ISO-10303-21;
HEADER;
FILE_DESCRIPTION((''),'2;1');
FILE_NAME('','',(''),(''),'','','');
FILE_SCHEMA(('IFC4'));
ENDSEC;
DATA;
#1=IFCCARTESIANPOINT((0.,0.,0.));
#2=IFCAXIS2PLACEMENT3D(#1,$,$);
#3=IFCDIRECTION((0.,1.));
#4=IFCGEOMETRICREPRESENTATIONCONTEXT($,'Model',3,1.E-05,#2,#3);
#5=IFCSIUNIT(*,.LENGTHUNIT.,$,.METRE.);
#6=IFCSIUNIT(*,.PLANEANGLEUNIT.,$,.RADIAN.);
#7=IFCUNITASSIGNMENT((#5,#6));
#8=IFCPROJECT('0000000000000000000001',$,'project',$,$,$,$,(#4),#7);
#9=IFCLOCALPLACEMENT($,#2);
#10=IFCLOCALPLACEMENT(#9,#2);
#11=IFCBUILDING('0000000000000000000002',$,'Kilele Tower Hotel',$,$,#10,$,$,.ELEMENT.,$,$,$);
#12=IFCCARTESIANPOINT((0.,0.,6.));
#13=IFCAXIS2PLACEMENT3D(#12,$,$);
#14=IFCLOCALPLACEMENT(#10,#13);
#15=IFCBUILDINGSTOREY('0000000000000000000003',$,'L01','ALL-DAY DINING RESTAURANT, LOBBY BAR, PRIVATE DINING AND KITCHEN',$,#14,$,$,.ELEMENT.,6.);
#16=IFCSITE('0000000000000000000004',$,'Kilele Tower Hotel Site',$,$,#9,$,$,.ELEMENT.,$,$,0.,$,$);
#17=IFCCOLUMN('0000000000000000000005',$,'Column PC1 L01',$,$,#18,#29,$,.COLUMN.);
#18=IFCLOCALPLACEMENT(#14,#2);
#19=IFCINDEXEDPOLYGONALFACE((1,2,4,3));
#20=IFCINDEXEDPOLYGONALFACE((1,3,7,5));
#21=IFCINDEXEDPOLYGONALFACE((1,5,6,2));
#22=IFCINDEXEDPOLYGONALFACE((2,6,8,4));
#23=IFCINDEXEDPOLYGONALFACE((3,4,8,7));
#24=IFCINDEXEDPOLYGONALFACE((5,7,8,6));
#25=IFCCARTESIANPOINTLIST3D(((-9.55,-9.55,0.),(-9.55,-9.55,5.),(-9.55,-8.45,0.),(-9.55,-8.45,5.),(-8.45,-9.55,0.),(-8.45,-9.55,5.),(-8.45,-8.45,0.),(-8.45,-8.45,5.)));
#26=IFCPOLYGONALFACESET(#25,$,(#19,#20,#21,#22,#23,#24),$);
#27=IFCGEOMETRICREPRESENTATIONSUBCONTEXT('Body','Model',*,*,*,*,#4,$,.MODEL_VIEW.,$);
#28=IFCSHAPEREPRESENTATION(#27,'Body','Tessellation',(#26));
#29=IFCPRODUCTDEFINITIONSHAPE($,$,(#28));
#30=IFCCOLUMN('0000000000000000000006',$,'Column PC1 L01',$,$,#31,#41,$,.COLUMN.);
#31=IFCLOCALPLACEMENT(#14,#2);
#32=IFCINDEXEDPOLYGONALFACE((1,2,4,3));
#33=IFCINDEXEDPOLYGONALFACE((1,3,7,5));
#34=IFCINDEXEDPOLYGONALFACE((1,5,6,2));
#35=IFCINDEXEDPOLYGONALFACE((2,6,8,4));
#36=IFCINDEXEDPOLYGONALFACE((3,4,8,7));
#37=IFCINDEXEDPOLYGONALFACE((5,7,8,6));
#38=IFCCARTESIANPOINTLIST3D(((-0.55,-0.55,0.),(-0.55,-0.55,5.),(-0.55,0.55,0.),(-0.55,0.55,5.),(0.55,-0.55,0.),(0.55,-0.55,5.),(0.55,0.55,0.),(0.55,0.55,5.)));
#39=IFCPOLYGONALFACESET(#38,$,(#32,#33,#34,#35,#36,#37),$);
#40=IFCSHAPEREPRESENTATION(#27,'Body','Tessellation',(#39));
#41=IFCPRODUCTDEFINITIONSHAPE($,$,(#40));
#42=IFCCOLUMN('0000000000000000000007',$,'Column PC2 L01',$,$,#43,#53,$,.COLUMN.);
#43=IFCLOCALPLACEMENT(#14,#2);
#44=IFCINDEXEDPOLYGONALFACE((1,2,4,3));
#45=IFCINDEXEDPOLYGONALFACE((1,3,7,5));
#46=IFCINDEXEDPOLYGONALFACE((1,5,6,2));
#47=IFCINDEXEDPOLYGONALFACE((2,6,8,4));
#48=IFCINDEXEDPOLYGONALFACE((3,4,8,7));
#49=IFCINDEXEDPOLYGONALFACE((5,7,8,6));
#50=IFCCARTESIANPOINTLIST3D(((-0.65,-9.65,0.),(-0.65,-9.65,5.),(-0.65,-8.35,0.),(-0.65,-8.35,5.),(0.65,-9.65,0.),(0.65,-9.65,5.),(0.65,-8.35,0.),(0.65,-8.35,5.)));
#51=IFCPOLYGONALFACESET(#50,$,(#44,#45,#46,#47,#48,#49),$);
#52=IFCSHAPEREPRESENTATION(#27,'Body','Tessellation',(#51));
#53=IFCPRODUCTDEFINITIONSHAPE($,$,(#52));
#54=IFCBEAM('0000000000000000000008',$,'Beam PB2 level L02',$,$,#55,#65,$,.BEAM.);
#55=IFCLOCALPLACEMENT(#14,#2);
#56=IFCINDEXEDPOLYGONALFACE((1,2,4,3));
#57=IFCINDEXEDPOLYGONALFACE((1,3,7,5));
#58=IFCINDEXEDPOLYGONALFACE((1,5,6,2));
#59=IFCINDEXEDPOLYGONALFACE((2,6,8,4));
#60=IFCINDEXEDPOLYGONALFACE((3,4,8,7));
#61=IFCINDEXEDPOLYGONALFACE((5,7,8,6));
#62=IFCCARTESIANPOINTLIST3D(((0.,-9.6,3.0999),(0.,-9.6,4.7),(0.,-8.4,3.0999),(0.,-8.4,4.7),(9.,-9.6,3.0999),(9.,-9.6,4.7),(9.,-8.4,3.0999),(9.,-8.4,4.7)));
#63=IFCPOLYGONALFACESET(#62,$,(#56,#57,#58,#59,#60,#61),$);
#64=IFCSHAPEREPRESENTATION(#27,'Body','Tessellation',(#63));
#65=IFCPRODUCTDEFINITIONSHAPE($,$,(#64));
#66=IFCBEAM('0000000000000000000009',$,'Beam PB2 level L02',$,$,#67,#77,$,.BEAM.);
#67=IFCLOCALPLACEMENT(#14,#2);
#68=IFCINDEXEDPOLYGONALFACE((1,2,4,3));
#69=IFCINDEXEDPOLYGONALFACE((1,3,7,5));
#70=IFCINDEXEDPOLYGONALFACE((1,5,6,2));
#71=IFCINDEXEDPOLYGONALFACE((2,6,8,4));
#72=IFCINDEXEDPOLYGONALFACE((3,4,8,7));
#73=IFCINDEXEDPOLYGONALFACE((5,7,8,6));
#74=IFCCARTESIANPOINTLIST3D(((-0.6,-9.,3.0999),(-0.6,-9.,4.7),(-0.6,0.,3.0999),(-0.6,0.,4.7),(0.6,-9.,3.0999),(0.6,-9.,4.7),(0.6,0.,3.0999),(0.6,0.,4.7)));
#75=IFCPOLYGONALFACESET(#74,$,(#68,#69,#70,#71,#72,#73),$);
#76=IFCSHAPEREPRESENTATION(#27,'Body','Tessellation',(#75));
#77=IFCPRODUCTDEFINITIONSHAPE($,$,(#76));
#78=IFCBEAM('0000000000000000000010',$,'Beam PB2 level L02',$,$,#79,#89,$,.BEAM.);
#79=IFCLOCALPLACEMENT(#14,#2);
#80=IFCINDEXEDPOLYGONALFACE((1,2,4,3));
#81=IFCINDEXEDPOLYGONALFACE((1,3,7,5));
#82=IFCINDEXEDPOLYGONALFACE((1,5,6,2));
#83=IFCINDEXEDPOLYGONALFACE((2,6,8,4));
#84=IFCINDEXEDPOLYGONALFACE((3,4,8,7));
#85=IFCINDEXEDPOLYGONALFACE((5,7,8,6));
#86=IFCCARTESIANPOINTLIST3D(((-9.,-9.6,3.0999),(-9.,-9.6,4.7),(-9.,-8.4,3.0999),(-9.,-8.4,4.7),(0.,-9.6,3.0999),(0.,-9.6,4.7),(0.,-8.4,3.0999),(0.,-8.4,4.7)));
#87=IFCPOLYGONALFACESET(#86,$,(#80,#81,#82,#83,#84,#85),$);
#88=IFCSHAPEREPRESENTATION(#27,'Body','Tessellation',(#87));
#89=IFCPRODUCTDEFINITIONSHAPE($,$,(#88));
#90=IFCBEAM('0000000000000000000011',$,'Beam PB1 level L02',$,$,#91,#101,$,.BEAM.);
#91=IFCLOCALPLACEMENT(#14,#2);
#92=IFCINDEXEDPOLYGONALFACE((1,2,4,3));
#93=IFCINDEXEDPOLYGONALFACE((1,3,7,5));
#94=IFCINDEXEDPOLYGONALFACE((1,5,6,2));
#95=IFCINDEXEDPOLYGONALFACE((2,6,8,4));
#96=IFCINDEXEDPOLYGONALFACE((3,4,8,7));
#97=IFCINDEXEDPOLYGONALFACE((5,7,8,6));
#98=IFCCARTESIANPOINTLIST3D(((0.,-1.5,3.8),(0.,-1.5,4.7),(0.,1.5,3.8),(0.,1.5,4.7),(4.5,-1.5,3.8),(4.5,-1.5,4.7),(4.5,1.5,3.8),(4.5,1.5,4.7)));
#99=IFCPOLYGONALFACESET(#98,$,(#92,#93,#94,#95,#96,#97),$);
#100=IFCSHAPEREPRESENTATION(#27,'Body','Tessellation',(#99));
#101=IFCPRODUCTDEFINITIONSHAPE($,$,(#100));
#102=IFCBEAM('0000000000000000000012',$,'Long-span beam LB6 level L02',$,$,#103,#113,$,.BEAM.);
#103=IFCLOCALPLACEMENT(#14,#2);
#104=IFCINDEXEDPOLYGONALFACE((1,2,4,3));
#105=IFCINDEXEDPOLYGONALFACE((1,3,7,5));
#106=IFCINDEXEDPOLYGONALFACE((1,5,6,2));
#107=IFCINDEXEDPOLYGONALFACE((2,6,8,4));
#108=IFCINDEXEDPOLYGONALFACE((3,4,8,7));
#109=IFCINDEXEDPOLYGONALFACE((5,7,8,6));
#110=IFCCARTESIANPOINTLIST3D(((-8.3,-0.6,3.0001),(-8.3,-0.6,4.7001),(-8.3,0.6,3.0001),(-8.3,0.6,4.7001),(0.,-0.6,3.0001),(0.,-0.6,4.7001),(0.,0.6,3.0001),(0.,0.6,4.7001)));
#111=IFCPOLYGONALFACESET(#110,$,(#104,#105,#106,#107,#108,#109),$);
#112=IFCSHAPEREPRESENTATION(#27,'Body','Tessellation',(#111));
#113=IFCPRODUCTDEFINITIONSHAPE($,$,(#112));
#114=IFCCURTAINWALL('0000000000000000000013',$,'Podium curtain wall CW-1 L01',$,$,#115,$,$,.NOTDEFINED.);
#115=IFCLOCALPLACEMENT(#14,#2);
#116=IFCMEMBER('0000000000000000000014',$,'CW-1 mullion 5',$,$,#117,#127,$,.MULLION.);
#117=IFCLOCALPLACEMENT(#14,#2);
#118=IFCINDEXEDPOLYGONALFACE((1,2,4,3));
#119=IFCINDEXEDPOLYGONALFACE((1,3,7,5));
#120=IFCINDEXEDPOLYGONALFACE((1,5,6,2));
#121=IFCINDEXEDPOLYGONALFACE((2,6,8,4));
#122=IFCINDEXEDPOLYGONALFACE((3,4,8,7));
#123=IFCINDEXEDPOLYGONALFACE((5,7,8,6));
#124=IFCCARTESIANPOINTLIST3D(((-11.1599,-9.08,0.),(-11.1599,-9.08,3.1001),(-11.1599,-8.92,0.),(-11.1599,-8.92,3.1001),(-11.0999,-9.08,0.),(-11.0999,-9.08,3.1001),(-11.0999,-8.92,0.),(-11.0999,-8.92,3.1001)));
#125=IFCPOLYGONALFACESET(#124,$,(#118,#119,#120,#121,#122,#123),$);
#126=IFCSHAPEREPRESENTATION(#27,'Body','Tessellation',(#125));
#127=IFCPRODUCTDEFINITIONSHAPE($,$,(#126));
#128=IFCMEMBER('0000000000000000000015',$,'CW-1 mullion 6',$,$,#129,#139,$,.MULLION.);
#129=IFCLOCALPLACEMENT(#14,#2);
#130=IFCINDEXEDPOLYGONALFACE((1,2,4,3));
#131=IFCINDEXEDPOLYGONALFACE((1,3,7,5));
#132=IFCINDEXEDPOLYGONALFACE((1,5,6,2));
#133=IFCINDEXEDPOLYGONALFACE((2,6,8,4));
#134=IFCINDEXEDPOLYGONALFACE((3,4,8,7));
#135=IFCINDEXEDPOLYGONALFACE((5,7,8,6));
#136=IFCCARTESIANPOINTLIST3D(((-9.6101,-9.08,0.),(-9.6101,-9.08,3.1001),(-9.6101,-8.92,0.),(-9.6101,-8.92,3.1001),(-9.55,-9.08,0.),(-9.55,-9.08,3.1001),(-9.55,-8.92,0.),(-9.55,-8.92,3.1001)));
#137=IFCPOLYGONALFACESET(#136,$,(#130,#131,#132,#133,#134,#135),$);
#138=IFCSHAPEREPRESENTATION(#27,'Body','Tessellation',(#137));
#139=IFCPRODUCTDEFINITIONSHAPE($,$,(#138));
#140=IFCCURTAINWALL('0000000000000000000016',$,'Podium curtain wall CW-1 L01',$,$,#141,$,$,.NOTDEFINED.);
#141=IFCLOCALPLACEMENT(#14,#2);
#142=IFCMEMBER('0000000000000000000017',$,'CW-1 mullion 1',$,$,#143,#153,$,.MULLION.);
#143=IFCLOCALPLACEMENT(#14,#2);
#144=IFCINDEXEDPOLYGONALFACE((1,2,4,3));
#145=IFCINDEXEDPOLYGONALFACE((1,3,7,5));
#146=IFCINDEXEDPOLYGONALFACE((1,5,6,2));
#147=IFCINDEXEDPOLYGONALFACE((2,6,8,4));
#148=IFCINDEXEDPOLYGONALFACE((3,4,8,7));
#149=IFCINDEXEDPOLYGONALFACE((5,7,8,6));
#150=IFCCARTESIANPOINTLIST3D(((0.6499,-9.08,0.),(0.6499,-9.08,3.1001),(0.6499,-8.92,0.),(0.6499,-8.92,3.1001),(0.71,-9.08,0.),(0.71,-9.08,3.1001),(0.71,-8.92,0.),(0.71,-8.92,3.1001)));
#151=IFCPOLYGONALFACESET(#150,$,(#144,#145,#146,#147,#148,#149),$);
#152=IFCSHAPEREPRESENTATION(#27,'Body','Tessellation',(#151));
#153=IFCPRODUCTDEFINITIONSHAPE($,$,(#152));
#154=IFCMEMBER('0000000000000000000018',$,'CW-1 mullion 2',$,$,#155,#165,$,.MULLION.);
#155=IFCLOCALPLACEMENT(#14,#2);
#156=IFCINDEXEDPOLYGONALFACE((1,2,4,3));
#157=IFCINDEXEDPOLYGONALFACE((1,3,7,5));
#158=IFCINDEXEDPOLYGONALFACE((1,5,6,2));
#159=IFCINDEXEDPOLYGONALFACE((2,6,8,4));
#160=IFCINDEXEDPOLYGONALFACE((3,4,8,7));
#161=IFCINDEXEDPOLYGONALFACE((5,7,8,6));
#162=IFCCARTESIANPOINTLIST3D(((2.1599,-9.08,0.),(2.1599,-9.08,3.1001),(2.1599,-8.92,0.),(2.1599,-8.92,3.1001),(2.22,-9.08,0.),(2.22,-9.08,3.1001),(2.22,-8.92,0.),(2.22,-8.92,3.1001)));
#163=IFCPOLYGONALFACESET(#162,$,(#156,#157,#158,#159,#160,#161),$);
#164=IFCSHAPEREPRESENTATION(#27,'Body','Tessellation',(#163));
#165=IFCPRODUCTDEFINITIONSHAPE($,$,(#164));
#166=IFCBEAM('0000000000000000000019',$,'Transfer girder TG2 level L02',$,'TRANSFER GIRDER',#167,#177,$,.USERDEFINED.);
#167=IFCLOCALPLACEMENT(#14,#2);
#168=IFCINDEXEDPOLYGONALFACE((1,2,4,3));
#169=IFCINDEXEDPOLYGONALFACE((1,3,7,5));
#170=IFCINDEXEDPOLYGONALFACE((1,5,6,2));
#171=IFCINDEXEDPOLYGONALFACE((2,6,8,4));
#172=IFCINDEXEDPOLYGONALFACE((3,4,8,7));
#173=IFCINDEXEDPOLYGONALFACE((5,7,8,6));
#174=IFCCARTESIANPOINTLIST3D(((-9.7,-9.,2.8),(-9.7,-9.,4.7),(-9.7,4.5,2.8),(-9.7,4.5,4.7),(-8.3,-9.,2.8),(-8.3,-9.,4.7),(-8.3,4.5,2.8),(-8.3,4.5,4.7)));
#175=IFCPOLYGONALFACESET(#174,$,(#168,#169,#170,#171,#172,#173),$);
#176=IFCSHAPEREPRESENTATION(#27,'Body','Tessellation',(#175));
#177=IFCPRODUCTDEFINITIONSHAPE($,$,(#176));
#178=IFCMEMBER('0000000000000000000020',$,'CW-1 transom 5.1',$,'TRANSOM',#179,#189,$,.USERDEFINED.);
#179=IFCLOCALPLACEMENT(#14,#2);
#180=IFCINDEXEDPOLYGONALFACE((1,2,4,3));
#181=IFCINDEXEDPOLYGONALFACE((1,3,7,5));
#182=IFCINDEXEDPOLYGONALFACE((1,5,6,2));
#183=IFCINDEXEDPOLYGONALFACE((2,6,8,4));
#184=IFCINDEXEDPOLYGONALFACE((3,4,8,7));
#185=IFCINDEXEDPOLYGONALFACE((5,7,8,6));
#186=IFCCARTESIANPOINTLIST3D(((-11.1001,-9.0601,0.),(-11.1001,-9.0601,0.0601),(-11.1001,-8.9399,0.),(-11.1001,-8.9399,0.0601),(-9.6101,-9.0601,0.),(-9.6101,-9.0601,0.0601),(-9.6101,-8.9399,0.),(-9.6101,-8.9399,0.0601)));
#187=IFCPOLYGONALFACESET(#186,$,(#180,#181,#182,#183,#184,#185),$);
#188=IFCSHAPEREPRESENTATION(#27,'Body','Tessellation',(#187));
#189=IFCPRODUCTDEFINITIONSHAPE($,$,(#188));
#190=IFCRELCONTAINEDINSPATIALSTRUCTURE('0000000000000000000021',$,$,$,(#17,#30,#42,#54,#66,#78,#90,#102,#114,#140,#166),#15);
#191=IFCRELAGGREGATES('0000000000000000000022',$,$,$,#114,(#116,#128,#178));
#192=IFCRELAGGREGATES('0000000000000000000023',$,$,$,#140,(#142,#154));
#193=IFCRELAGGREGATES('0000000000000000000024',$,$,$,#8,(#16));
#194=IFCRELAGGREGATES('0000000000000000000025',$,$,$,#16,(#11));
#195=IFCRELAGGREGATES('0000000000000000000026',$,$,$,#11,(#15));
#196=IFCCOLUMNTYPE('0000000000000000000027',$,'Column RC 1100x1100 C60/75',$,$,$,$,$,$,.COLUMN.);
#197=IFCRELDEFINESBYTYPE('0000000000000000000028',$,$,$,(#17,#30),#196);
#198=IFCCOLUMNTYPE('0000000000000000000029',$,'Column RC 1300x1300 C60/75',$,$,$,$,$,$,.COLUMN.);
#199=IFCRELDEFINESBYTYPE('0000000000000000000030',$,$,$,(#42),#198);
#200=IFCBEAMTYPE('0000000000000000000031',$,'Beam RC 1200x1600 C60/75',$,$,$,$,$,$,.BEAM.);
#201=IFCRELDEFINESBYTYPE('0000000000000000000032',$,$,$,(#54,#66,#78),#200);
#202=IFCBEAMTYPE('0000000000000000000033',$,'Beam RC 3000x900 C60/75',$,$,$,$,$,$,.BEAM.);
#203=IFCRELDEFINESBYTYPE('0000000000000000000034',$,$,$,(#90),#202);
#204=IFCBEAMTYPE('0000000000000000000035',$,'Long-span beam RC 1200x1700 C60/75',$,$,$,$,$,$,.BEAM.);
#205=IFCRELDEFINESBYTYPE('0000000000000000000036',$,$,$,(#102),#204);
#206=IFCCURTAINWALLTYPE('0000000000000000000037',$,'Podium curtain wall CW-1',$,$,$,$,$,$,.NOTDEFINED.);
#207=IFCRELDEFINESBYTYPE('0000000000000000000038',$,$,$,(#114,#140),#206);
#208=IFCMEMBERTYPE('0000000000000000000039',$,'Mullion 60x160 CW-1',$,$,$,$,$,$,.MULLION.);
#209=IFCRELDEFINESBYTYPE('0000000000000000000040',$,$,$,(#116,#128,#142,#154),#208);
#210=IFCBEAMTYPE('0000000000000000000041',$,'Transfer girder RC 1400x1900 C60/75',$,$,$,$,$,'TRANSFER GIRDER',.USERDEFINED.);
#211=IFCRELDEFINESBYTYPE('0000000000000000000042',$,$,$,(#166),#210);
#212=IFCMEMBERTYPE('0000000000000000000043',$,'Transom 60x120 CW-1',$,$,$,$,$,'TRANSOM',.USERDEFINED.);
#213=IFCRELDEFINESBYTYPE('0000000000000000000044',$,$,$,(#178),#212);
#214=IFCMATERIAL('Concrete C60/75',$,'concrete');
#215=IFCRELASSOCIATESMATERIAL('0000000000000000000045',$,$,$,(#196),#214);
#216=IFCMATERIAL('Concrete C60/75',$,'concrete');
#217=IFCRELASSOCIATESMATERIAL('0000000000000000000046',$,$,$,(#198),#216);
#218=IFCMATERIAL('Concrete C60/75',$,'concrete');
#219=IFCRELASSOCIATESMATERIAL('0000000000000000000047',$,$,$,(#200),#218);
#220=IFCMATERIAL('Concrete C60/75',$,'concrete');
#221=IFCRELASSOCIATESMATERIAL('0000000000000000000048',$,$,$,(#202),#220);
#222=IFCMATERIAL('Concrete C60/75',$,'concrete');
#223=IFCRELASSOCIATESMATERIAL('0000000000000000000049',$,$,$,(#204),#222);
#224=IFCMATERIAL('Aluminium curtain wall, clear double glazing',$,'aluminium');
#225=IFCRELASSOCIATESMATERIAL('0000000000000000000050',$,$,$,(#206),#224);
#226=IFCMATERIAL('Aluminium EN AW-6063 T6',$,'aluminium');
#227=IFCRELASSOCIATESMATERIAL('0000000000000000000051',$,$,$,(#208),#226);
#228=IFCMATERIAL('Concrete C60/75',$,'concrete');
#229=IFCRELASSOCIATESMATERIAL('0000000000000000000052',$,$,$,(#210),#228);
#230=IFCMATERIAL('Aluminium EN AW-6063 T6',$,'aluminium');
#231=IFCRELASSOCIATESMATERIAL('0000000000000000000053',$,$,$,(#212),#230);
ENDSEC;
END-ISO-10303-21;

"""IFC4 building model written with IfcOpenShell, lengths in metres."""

from ifc_helpers import new_model, si_unit, direction, frame, origin, origin_2d, place, context, subcontext, project, spatial, rectangle, extrude, material, material_profile, profile_set, type_object, element, aggregate, save


model = new_model("IFC4")

# Units and contexts
model_context = context("Model", 3, precision=1e-05, world=origin(), true_north=direction((0.0, 1.0)))
body_context = subcontext(model_context, "Body", "Model", "MODEL_VIEW")
ifc_project = project(units=[si_unit("LENGTHUNIT", "METRE"), si_unit("PLANEANGLEUNIT", "RADIAN")], contexts=[model_context])

# Site, building, storey
site_placement = place(None, origin())
site = spatial("IfcSite", under=ifc_project, at=site_placement, Name="Kilele Tower Hotel Site", CompositionType="ELEMENT", RefElevation=0.0)
building_placement = place(site_placement, origin())
building = spatial("IfcBuilding", under=site, at=building_placement, Name="Kilele Tower Hotel", CompositionType="ELEMENT")
storey_placement = place(building_placement, frame((0.0, 0.0, 6.0)))
storey = spatial("IfcBuildingStorey", under=building, at=storey_placement, Name="L01", Description="ALL-DAY DINING RESTAURANT, LOBBY BAR, PRIVATE DINING AND KITCHEN", CompositionType="ELEMENT", Elevation=6.0)

# Columns
ifc_material_1 = material(Name="Concrete C60/75", Category="concrete")
ifc_material_profile_1 = material_profile(ifc_material_1, rectangle(XDim=1.1001, YDim=1.1001, at=origin_2d()))
ifc_profile_set_1 = profile_set([ifc_material_profile_1], Name="Concrete C60/75")
column_type_1 = type_object("IfcColumnType", Name="Column RC 1100x1100 C60/75", PredefinedType="COLUMN", material=ifc_profile_set_1)
for number, where, z_axis, x_axis, name in (
    (1, (-9.0, -9.0, 0.0), (0.0, 0.0, 1.0), (1.0, 0.0, 0.0), "Column PC1 L01"),
    (2, (0.0, 0.0, 0.0), (0.0, 0.0, 1.0), (1.0, 0.0, 0.0), "Column PC1 L01"),
):
    element("IfcColumn", number, at=place(storey_placement, frame(where, z_axis=z_axis, x_axis=x_axis)), inside=storey, type_object=column_type_1, Name=name, PredefinedType="COLUMN", context=body_context, shape_type="SweptSolid", body=[
        extrude(rectangle(XDim=1.1001, YDim=1.1001, at=origin_2d()), origin(), (0.0, 0.0, 1.0), 5.0),
    ])
ifc_material_2 = material(Name="Concrete C60/75", Category="concrete")
ifc_material_profile_2 = material_profile(ifc_material_2, rectangle(XDim=1.3, YDim=1.3, at=origin_2d()))
ifc_profile_set_2 = profile_set([ifc_material_profile_2], Name="Concrete C60/75")
column_type_2 = type_object("IfcColumnType", Name="Column RC 1300x1300 C60/75", PredefinedType="COLUMN", material=ifc_profile_set_2)
column_placement = place(storey_placement, frame((0.0, -9.0, 0.0), z_axis=(0.0, 0.0, 1.0), x_axis=(1.0, 0.0, 0.0)))
element("IfcColumn", 3, at=column_placement, inside=storey, type_object=column_type_2, Name="Column PC2 L01", PredefinedType="COLUMN", context=body_context, shape_type="SweptSolid", body=[
    extrude(rectangle(XDim=1.3, YDim=1.3, at=origin_2d()), origin(), (0.0, 0.0, 1.0), 5.0),
])

# Beams
ifc_material_3 = material(Name="Concrete C60/75", Category="concrete")
ifc_material_profile_3 = material_profile(ifc_material_3, rectangle(XDim=1.2, YDim=1.6001, at=origin_2d()))
ifc_profile_set_3 = profile_set([ifc_material_profile_3], Name="Concrete C60/75")
beam_type_1 = type_object("IfcBeamType", Name="Beam RC 1200x1600 C60/75", PredefinedType="BEAM", material=ifc_profile_set_3)
for number, where, z_axis, x_axis, name in (
    (4, (0.0, -9.0, 3.8999), (1.0, 0.0, 0.0), (0.0, 1.0, 0.0), "Beam PB2 level L02"),
    (5, (0.0, -9.0, 3.8999), (0.0, 1.0, 0.0), (-1.0, 0.0, 0.0), "Beam PB2 level L02"),
    (6, (-9.0, -9.0, 3.8999), (1.0, 0.0, 0.0), (0.0, 1.0, 0.0), "Beam PB2 level L02"),
):
    element("IfcBeam", number, at=place(storey_placement, frame(where, z_axis=z_axis, x_axis=x_axis)), inside=storey, type_object=beam_type_1, Name=name, PredefinedType="BEAM", context=body_context, shape_type="SweptSolid", body=[
        extrude(rectangle(XDim=1.2, YDim=1.6001, at=origin_2d()), origin(), (0.0, 0.0, 1.0), 9.0),
    ])
ifc_material_4 = material(Name="Concrete C60/75", Category="concrete")
ifc_material_profile_4 = material_profile(ifc_material_4, rectangle(XDim=3.0, YDim=0.8999, at=origin_2d()))
ifc_profile_set_4 = profile_set([ifc_material_profile_4], Name="Concrete C60/75")
beam_type_2 = type_object("IfcBeamType", Name="Beam RC 3000x900 C60/75", PredefinedType="BEAM", material=ifc_profile_set_4)
beam_1_placement = place(storey_placement, frame((0.0, 0.0, 4.25), z_axis=(1.0, 0.0, 0.0), x_axis=(0.0, 1.0, 0.0)))
element("IfcBeam", 7, at=beam_1_placement, inside=storey, type_object=beam_type_2, Name="Beam PB1 level L02", PredefinedType="BEAM", context=body_context, shape_type="SweptSolid", body=[
    extrude(rectangle(XDim=3.0, YDim=0.8999, at=origin_2d()), origin(), (0.0, 0.0, 1.0), 4.5),
])
ifc_material_5 = material(Name="Concrete C60/75", Category="concrete")
ifc_material_profile_5 = material_profile(ifc_material_5, rectangle(XDim=1.2, YDim=1.7, at=origin_2d()))
ifc_profile_set_5 = profile_set([ifc_material_profile_5], Name="Concrete C60/75")
beam_type_3 = type_object("IfcBeamType", Name="Long-span beam RC 1200x1700 C60/75", PredefinedType="BEAM", material=ifc_profile_set_5)
beam_2_placement = place(storey_placement, frame((-8.3, 0.0, 3.8501), z_axis=(1.0, 0.0, 0.0), x_axis=(0.0, 1.0, 0.0)))
element("IfcBeam", 8, at=beam_2_placement, inside=storey, type_object=beam_type_3, Name="Long-span beam LB6 level L02", PredefinedType="BEAM", context=body_context, shape_type="SweptSolid", body=[
    extrude(rectangle(XDim=1.2, YDim=1.7, at=origin_2d()), origin(), (0.0, 0.0, 1.0), 8.3),
])

# Curtain walls, members
ifc_material_6 = material(Name="Aluminium curtain wall, clear double glazing", Category="aluminium")
curtain_wall_type = type_object("IfcCurtainWallType", Name="Podium curtain wall CW-1", PredefinedType="NOTDEFINED", material=ifc_material_6)
curtain_wall_1_placement = place(storey_placement, origin())
curtain_wall_1 = element("IfcCurtainWall", 9, at=curtain_wall_1_placement, inside=storey, type_object=curtain_wall_type, Name="Podium curtain wall CW-1 L01", PredefinedType="NOTDEFINED")
ifc_material_7 = material(Name="Aluminium EN AW-6063 T6", Category="aluminium")
ifc_material_profile_6 = material_profile(ifc_material_7, rectangle(XDim=0.1599, YDim=0.0601, at=origin_2d()))
ifc_profile_set_6 = profile_set([ifc_material_profile_6], Name="Aluminium EN AW-6063 T6")
member_type_1 = type_object("IfcMemberType", Name="Mullion 60x160 CW-1", PredefinedType="MULLION", material=ifc_profile_set_6)
member_1_placement = place(storey_placement, frame((-11.1299, -9.0, 0.0), z_axis=(0.0, 0.0, 1.0), x_axis=(0.0, 1.0, 0.0)))
member_1 = element("IfcMember", 10, at=member_1_placement, type_object=member_type_1, Name="CW-1 mullion 5", PredefinedType="MULLION", context=body_context, shape_type="SweptSolid", body=[
    extrude(rectangle(XDim=0.1599, YDim=0.0601, at=origin_2d()), origin(), (0.0, 0.0, 1.0), 3.1001),
])
member_2_placement = place(storey_placement, frame((-9.5801, -9.0, 0.0), z_axis=(0.0, 0.0, 1.0), x_axis=(0.0, 1.0, 0.0)))
member_2 = element("IfcMember", 11, at=member_2_placement, type_object=member_type_1, Name="CW-1 mullion 6", PredefinedType="MULLION", context=body_context, shape_type="SweptSolid", body=[
    extrude(rectangle(XDim=0.1599, YDim=0.0601, at=origin_2d()), origin(), (0.0, 0.0, 1.0), 3.1001),
])
curtain_wall_2_placement = place(storey_placement, origin())
curtain_wall_2 = element("IfcCurtainWall", 12, at=curtain_wall_2_placement, inside=storey, type_object=curtain_wall_type, Name="Podium curtain wall CW-1 L01", PredefinedType="NOTDEFINED")
member_3_placement = place(storey_placement, frame((0.6799, -9.0, 0.0), z_axis=(0.0, 0.0, 1.0), x_axis=(0.0, 1.0, 0.0)))
member_3 = element("IfcMember", 13, at=member_3_placement, type_object=member_type_1, Name="CW-1 mullion 1", PredefinedType="MULLION", context=body_context, shape_type="SweptSolid", body=[
    extrude(rectangle(XDim=0.1599, YDim=0.0601, at=origin_2d()), origin(), (0.0, 0.0, 1.0), 3.1001),
])
member_4_placement = place(storey_placement, frame((2.1899, -9.0, 0.0), z_axis=(0.0, 0.0, 1.0), x_axis=(0.0, 1.0, 0.0)))
member_4 = element("IfcMember", 14, at=member_4_placement, type_object=member_type_1, Name="CW-1 mullion 2", PredefinedType="MULLION", context=body_context, shape_type="SweptSolid", body=[
    extrude(rectangle(XDim=0.1599, YDim=0.0601, at=origin_2d()), origin(), (0.0, 0.0, 1.0), 3.1001),
])

# Beam
ifc_material_8 = material(Name="Concrete C60/75", Category="concrete")
ifc_material_profile_7 = material_profile(ifc_material_8, rectangle(XDim=1.3999, YDim=1.8999, at=origin_2d()))
ifc_profile_set_7 = profile_set([ifc_material_profile_7], Name="Concrete C60/75")
beam_type_4 = type_object("IfcBeamType", Name="Transfer girder RC 1400x1900 C60/75", ElementType="TRANSFER GIRDER", PredefinedType="USERDEFINED", material=ifc_profile_set_7)
beam_3_placement = place(storey_placement, frame((-9.0, -9.0, 3.75), z_axis=(0.0, 1.0, 0.0), x_axis=(-1.0, 0.0, 0.0)))
element("IfcBeam", 15, at=beam_3_placement, inside=storey, type_object=beam_type_4, Name="Transfer girder TG2 level L02", ObjectType="TRANSFER GIRDER", PredefinedType="USERDEFINED", context=body_context, shape_type="SweptSolid", body=[
    extrude(rectangle(XDim=1.3999, YDim=1.8999, at=origin_2d()), origin(), (0.0, 0.0, 1.0), 13.5),
])

# Member
ifc_material_9 = material(Name="Aluminium EN AW-6063 T6", Category="aluminium")
ifc_material_profile_8 = material_profile(ifc_material_9, rectangle(XDim=0.1201, YDim=0.0601, at=origin_2d()))
ifc_profile_set_8 = profile_set([ifc_material_profile_8], Name="Aluminium EN AW-6063 T6")
member_type_2 = type_object("IfcMemberType", Name="Transom 60x120 CW-1", ElementType="TRANSOM", PredefinedType="USERDEFINED", material=ifc_profile_set_8)
member_5_placement = place(storey_placement, frame((-11.1001, -9.0, 0.03), z_axis=(1.0, 0.0, 0.0), x_axis=(0.0, 1.0, 0.0)))
member_5 = element("IfcMember", 16, at=member_5_placement, type_object=member_type_2, Name="CW-1 transom 5.1", ObjectType="TRANSOM", PredefinedType="USERDEFINED", context=body_context, shape_type="SweptSolid", body=[
    extrude(rectangle(XDim=0.1201, YDim=0.0601, at=origin_2d()), origin(), (0.0, 0.0, 1.0), 1.49),
])

aggregate(curtain_wall_1, [member_1, member_2, member_5])
aggregate(curtain_wall_2, [member_3, member_4])

save(model, "model.ifc")
